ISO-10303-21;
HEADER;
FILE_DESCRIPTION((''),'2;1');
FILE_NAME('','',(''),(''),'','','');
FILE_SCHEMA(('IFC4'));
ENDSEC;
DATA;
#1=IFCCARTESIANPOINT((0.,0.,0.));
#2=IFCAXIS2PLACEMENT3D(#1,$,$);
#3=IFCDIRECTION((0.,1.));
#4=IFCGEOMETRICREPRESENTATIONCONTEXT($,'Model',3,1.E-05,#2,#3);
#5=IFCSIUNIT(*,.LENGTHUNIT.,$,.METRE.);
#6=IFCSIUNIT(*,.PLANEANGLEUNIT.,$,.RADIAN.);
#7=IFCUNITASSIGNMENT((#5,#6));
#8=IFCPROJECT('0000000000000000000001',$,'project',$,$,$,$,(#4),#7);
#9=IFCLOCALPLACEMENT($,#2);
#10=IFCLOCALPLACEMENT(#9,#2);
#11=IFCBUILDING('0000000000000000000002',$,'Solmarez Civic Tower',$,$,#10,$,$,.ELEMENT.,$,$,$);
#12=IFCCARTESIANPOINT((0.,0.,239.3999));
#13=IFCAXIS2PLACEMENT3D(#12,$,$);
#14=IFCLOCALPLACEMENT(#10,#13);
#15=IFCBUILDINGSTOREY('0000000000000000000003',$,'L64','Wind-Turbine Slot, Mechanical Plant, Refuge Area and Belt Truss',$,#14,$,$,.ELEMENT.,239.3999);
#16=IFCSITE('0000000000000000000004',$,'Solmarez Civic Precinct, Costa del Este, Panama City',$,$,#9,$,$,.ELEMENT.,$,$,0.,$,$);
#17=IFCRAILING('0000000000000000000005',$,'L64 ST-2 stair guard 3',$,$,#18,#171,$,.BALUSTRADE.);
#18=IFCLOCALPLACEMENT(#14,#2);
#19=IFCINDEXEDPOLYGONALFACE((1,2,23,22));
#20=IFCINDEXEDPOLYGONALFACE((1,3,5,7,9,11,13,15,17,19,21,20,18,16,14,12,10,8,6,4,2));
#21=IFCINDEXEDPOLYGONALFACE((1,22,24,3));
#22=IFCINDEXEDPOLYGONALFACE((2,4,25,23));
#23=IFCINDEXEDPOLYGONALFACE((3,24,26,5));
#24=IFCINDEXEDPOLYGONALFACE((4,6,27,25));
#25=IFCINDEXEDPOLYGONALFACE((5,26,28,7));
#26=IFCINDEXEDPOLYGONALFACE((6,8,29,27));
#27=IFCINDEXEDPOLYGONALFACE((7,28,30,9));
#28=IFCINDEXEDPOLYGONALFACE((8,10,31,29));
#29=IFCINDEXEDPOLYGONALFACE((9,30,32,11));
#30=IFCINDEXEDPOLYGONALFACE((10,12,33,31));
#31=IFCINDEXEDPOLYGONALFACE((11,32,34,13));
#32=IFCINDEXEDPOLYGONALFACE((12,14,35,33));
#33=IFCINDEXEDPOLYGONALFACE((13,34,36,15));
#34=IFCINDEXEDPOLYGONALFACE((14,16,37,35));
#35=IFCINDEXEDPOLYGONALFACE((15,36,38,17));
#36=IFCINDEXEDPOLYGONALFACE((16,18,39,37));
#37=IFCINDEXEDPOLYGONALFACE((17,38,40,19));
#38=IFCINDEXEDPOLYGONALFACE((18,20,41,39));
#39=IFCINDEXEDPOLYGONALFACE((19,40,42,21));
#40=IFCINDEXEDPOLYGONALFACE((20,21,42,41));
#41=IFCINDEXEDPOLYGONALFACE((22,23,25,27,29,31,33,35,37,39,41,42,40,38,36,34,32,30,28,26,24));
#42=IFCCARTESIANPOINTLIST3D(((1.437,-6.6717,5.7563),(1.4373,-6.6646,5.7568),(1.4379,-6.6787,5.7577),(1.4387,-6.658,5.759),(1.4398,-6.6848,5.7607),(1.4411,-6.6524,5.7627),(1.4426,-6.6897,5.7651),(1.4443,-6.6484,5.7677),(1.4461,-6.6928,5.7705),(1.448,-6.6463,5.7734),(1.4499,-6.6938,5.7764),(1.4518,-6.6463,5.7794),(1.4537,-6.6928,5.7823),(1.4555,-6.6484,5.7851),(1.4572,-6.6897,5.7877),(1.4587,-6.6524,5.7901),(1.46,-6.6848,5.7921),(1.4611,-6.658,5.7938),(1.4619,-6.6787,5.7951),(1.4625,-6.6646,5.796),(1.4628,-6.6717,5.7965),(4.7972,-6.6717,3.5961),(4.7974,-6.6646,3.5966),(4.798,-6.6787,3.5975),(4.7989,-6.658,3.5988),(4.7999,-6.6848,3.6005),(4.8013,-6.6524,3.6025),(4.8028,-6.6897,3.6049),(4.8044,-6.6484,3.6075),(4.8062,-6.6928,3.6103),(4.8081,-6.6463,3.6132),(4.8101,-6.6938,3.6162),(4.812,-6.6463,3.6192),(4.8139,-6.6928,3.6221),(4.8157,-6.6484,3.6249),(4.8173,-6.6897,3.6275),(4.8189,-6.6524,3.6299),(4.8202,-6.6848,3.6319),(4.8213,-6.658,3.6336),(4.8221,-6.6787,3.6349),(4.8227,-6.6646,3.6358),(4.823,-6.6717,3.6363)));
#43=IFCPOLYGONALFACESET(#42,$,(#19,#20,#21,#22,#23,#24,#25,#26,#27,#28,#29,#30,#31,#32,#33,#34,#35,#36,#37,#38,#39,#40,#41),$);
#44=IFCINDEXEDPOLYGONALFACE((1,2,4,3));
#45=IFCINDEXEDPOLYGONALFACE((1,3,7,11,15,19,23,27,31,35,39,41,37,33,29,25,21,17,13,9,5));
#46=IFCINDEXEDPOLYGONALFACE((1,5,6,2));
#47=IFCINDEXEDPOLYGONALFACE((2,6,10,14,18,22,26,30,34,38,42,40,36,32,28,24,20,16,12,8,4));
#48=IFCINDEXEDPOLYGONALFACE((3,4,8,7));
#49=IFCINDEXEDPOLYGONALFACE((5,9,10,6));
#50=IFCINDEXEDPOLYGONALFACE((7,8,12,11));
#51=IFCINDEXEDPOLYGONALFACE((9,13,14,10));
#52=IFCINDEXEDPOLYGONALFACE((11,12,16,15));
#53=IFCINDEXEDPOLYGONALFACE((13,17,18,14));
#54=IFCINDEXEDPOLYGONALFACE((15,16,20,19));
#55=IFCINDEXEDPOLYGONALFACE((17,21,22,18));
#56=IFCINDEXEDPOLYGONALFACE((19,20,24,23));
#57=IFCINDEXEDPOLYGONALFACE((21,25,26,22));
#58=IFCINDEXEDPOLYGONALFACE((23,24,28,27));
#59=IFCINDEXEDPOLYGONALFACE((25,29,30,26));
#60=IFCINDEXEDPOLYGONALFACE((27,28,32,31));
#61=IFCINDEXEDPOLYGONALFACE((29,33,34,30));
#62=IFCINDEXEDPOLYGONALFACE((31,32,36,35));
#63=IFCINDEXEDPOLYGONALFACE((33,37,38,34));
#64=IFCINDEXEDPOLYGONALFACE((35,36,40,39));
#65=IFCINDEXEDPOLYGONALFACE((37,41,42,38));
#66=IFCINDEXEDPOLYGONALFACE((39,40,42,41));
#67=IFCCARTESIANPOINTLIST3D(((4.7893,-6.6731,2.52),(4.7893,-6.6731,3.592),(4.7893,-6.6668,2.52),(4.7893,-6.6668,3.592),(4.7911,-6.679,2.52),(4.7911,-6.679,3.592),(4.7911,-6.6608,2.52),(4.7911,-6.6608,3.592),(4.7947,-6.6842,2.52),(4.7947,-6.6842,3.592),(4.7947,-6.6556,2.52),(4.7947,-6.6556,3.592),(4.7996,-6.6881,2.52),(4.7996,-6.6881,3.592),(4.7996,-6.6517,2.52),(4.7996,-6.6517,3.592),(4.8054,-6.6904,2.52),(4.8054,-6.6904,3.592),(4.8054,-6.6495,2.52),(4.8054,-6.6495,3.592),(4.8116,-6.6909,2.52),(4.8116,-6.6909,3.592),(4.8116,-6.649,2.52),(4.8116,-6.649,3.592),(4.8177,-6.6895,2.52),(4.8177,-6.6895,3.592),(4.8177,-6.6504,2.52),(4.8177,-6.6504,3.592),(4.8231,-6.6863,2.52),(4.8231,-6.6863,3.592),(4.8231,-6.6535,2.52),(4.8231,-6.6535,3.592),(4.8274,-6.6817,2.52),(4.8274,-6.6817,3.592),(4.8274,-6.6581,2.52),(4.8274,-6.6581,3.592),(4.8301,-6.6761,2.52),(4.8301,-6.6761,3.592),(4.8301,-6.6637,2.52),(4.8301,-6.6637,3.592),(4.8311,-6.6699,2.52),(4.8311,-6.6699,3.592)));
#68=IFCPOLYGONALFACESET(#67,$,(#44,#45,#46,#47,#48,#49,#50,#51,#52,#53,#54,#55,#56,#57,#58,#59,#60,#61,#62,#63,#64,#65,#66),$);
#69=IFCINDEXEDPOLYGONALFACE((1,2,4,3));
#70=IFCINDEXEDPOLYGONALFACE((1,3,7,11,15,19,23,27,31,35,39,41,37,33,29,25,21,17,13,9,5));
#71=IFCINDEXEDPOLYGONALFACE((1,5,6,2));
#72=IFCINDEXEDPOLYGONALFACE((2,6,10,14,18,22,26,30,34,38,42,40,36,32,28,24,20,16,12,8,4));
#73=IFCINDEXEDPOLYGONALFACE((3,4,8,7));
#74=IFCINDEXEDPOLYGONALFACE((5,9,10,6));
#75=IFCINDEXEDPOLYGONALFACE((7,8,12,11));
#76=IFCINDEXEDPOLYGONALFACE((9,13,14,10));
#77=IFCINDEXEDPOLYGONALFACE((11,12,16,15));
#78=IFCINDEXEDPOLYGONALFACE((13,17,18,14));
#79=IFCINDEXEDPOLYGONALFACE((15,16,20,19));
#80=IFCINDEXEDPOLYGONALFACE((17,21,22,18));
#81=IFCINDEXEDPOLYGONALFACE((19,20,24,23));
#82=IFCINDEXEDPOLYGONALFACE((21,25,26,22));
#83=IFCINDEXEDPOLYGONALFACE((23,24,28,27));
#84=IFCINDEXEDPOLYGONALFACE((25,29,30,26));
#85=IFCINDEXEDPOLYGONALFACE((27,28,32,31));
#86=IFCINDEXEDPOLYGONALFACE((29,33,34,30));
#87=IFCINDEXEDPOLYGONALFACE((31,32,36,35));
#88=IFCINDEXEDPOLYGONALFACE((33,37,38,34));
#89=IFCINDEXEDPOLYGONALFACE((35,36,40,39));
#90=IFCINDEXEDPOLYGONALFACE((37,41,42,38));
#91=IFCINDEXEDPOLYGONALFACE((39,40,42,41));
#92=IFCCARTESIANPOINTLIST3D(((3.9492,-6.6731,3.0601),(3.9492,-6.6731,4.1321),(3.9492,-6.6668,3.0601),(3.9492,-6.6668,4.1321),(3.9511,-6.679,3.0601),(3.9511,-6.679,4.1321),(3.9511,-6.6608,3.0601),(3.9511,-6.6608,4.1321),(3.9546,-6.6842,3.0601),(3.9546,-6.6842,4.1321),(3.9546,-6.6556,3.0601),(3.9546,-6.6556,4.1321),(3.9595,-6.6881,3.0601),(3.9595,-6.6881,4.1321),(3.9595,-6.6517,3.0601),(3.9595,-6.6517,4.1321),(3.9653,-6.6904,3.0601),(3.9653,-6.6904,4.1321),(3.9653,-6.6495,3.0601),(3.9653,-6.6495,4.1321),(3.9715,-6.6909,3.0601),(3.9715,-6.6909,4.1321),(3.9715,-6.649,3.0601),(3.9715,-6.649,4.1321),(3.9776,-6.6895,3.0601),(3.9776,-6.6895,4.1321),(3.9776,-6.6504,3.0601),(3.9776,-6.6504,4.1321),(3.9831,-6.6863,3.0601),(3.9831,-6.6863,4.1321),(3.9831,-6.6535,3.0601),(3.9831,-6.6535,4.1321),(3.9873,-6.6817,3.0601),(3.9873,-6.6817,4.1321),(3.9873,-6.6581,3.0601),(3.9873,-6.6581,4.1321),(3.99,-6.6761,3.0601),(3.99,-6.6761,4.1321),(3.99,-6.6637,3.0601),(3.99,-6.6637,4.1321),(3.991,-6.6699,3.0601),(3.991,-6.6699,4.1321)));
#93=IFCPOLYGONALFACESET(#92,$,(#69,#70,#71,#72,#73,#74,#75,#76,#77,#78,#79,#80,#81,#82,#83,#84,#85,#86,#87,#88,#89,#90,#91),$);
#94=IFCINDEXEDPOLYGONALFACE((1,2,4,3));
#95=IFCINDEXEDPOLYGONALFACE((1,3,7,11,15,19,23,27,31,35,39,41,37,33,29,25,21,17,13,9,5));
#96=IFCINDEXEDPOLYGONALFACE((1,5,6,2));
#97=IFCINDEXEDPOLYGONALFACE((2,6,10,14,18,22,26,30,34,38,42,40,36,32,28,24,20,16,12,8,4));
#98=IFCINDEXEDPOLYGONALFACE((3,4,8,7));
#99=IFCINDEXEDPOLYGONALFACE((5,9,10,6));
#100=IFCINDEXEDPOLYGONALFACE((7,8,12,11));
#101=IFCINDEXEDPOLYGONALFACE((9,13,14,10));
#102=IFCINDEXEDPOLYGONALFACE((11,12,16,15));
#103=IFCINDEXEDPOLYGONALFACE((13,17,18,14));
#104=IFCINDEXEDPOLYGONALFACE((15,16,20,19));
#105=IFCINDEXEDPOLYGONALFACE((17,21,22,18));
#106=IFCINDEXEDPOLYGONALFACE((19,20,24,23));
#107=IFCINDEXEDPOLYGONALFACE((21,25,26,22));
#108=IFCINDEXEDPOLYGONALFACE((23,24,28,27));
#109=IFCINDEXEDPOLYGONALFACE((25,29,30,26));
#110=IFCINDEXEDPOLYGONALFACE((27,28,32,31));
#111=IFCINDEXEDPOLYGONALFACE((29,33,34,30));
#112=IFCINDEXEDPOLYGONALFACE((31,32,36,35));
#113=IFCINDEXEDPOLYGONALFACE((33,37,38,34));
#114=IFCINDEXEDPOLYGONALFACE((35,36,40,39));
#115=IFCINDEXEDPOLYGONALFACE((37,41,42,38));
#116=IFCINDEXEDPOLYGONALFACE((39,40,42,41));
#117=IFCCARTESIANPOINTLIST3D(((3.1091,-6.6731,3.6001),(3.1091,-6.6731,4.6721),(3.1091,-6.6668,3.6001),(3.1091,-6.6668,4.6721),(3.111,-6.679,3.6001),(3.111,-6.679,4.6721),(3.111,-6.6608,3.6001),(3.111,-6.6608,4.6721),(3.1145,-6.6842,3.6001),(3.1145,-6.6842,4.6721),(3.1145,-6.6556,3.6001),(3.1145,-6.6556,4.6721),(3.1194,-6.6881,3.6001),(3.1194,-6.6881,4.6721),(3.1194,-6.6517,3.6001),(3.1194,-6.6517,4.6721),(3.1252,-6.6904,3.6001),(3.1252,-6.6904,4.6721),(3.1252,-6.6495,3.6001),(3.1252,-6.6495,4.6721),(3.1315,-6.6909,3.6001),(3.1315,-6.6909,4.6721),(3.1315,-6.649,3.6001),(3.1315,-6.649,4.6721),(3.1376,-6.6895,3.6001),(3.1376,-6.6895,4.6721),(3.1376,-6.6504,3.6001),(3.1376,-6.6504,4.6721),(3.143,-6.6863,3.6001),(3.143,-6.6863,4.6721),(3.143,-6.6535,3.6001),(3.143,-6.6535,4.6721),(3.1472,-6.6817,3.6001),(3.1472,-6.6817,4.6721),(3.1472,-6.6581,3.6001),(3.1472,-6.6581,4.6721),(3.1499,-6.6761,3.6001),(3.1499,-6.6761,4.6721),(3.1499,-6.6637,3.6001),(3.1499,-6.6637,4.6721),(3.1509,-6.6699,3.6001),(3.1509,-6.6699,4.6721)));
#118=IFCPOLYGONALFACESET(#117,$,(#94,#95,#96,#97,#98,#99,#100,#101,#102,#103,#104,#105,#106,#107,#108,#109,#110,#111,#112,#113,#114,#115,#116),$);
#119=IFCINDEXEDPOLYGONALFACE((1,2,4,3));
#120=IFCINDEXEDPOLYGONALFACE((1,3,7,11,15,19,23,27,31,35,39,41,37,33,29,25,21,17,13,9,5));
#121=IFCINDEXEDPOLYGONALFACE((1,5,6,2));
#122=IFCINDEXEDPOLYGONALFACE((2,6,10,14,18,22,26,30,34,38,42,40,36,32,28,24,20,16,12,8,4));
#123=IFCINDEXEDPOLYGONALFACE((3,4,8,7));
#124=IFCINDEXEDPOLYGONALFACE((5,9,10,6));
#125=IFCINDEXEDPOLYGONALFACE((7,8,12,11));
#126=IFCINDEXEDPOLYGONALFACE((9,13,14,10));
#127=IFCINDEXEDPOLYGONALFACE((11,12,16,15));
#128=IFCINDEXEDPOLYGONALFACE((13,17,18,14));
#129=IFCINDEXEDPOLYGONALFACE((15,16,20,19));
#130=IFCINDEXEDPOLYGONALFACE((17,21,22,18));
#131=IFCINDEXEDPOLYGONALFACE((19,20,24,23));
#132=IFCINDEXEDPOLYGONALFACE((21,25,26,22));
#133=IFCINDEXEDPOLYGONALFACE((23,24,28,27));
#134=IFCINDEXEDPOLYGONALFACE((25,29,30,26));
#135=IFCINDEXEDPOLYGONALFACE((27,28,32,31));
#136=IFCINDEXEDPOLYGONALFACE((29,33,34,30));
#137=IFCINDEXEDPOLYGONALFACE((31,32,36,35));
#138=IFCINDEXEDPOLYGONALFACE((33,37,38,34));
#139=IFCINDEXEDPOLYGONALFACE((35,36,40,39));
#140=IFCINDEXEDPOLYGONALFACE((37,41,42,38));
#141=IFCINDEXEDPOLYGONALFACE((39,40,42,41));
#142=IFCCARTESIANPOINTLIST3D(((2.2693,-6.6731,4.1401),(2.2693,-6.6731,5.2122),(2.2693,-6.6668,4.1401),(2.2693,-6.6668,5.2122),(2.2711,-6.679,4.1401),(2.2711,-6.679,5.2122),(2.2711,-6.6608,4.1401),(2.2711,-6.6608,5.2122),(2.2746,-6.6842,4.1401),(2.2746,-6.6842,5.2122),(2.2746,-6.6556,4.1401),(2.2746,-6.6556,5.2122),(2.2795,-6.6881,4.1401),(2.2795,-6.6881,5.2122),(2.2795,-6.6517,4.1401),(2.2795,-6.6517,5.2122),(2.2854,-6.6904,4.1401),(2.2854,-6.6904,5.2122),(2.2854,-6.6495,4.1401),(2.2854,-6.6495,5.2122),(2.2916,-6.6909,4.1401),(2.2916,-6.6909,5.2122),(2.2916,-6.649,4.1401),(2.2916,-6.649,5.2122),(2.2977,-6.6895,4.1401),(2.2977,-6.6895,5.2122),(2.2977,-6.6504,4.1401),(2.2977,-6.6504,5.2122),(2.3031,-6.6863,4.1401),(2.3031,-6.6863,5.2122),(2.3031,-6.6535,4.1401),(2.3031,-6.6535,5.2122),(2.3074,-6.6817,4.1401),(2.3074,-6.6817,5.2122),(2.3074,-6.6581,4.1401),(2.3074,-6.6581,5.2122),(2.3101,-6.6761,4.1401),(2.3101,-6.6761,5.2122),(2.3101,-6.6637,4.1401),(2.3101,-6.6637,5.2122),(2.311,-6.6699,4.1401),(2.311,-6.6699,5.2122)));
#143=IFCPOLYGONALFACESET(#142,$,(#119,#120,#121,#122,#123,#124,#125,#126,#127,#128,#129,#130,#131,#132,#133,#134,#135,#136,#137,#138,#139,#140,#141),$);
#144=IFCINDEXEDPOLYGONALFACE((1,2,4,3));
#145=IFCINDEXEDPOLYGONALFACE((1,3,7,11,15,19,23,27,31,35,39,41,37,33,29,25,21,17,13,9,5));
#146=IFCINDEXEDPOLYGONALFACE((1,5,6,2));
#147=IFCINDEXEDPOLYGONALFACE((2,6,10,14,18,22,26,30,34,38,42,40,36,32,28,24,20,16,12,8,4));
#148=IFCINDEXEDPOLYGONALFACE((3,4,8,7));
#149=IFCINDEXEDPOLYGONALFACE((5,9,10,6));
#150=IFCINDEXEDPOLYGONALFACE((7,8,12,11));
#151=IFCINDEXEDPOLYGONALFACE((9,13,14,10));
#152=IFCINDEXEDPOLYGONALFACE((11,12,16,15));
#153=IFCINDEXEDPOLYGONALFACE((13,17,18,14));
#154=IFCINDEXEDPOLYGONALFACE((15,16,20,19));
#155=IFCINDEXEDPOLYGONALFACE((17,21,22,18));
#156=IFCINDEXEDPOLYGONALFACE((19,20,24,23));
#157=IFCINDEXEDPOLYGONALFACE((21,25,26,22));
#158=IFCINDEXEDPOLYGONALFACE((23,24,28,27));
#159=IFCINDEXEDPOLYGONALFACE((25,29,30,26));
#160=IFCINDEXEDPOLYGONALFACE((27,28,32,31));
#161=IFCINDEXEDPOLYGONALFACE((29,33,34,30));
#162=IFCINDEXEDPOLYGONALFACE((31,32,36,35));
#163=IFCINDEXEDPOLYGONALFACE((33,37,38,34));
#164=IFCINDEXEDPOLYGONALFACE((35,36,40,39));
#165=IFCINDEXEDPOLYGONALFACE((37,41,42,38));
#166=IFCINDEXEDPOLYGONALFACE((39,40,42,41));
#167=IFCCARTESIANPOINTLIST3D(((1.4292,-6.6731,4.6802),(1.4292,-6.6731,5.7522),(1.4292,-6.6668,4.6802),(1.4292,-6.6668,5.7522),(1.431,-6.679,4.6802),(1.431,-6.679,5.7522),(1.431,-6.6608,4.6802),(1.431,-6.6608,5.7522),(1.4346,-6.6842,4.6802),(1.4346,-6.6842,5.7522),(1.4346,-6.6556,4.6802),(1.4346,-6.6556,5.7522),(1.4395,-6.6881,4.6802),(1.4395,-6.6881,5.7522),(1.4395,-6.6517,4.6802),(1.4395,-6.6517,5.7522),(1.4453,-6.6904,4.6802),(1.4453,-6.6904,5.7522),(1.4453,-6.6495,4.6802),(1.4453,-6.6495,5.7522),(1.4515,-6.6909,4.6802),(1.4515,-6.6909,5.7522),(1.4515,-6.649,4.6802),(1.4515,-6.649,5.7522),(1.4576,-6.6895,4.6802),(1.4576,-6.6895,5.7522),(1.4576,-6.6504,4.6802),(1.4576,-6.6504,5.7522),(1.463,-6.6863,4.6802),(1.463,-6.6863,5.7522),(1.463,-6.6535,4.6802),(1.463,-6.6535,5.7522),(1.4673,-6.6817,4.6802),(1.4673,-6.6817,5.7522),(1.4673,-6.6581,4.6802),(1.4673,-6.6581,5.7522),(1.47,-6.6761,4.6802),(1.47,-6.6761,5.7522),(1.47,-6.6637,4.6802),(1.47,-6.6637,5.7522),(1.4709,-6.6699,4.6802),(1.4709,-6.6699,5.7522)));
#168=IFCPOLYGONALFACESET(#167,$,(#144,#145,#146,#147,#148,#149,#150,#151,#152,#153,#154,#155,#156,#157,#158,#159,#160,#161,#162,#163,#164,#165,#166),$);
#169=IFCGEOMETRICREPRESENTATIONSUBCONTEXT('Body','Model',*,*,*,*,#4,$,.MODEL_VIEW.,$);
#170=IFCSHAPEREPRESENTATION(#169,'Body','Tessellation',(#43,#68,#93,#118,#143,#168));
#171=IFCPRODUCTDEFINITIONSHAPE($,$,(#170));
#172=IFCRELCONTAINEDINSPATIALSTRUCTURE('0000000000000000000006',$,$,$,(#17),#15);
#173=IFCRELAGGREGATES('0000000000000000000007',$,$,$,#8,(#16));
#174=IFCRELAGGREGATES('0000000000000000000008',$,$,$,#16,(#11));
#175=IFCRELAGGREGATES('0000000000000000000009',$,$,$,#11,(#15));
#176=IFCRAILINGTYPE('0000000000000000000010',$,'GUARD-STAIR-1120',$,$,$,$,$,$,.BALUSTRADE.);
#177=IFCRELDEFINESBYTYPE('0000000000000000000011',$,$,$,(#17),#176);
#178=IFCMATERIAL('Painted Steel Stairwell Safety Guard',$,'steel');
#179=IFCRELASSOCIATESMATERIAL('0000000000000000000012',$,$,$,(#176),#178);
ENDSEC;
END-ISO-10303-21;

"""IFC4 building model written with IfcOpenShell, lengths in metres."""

from ifc_helpers import new_model, si_unit, direction, frame, origin, origin_2d, place, context, subcontext, project, spatial, circle, extrude, material, type_object, element, save


model = new_model("IFC4")

# Units and contexts
model_context = context("Model", 3, precision=1e-05, world=origin(), true_north=direction((0.0, 1.0)))
body_context = subcontext(model_context, "Body", "Model", "MODEL_VIEW")
ifc_project = project(units=[si_unit("LENGTHUNIT", "METRE"), si_unit("PLANEANGLEUNIT", "RADIAN")], contexts=[model_context])

# Site, building, storey
site_placement = place(None, origin())
site = spatial("IfcSite", under=ifc_project, at=site_placement, Name="Solmarez Civic Precinct, Costa del Este, Panama City", CompositionType="ELEMENT", RefElevation=0.0)
building_placement = place(site_placement, origin())
building = spatial("IfcBuilding", under=site, at=building_placement, Name="Solmarez Civic Tower", CompositionType="ELEMENT")
storey_placement = place(building_placement, frame((0.0, 0.0, 239.3999)))
storey = spatial("IfcBuildingStorey", under=building, at=storey_placement, Name="L64", Description="Wind-Turbine Slot, Mechanical Plant, Refuge Area and Belt Truss", CompositionType="ELEMENT", Elevation=239.3999)

# Railing
ifc_material_1 = material(Name="Painted Steel Stairwell Safety Guard", Category="steel")
railing_type_1 = type_object("IfcRailingType", Name="GUARD-STAIR-1120", PredefinedType="BALUSTRADE", material=ifc_material_1)
railing_1_placement = place(storey_placement, frame((4.8101, -6.6699, 2.52)))
element("IfcRailing", 1, at=railing_1_placement, inside=storey, type_object=railing_type_1, Name="L64 ST-2 stair guard 3", PredefinedType="BALUSTRADE", context=body_context, shape_type="SweptSolid", body=[
    extrude(circle(Radius=0.0239, at=origin_2d()), frame((0.0, 0.0, 1.0962), z_axis=(-0.841169, 0.0, 0.540773), x_axis=(0.0, -1.0, 0.0)), (0.0, 0.0, 1.0), 3.9946),
    extrude(circle(Radius=0.021, at=origin_2d()), origin(), (0.0, 0.0, 1.0), 1.072),
    extrude(circle(Radius=0.021, at=origin_2d()), frame((-0.8401, 0.0, 0.54)), (0.0, 0.0, 1.0), 1.072),
    extrude(circle(Radius=0.021, at=origin_2d()), frame((-1.6802, 0.0, 1.0801)), (0.0, 0.0, 1.0), 1.072),
    extrude(circle(Radius=0.021, at=origin_2d()), frame((-2.52, 0.0, 1.6201)), (0.0, 0.0, 1.0), 1.072),
    extrude(circle(Radius=0.021, at=origin_2d()), frame((-3.3601, 0.0, 2.1602)), (0.0, 0.0, 1.0), 1.072),
])

save(model, "model.ifc")
